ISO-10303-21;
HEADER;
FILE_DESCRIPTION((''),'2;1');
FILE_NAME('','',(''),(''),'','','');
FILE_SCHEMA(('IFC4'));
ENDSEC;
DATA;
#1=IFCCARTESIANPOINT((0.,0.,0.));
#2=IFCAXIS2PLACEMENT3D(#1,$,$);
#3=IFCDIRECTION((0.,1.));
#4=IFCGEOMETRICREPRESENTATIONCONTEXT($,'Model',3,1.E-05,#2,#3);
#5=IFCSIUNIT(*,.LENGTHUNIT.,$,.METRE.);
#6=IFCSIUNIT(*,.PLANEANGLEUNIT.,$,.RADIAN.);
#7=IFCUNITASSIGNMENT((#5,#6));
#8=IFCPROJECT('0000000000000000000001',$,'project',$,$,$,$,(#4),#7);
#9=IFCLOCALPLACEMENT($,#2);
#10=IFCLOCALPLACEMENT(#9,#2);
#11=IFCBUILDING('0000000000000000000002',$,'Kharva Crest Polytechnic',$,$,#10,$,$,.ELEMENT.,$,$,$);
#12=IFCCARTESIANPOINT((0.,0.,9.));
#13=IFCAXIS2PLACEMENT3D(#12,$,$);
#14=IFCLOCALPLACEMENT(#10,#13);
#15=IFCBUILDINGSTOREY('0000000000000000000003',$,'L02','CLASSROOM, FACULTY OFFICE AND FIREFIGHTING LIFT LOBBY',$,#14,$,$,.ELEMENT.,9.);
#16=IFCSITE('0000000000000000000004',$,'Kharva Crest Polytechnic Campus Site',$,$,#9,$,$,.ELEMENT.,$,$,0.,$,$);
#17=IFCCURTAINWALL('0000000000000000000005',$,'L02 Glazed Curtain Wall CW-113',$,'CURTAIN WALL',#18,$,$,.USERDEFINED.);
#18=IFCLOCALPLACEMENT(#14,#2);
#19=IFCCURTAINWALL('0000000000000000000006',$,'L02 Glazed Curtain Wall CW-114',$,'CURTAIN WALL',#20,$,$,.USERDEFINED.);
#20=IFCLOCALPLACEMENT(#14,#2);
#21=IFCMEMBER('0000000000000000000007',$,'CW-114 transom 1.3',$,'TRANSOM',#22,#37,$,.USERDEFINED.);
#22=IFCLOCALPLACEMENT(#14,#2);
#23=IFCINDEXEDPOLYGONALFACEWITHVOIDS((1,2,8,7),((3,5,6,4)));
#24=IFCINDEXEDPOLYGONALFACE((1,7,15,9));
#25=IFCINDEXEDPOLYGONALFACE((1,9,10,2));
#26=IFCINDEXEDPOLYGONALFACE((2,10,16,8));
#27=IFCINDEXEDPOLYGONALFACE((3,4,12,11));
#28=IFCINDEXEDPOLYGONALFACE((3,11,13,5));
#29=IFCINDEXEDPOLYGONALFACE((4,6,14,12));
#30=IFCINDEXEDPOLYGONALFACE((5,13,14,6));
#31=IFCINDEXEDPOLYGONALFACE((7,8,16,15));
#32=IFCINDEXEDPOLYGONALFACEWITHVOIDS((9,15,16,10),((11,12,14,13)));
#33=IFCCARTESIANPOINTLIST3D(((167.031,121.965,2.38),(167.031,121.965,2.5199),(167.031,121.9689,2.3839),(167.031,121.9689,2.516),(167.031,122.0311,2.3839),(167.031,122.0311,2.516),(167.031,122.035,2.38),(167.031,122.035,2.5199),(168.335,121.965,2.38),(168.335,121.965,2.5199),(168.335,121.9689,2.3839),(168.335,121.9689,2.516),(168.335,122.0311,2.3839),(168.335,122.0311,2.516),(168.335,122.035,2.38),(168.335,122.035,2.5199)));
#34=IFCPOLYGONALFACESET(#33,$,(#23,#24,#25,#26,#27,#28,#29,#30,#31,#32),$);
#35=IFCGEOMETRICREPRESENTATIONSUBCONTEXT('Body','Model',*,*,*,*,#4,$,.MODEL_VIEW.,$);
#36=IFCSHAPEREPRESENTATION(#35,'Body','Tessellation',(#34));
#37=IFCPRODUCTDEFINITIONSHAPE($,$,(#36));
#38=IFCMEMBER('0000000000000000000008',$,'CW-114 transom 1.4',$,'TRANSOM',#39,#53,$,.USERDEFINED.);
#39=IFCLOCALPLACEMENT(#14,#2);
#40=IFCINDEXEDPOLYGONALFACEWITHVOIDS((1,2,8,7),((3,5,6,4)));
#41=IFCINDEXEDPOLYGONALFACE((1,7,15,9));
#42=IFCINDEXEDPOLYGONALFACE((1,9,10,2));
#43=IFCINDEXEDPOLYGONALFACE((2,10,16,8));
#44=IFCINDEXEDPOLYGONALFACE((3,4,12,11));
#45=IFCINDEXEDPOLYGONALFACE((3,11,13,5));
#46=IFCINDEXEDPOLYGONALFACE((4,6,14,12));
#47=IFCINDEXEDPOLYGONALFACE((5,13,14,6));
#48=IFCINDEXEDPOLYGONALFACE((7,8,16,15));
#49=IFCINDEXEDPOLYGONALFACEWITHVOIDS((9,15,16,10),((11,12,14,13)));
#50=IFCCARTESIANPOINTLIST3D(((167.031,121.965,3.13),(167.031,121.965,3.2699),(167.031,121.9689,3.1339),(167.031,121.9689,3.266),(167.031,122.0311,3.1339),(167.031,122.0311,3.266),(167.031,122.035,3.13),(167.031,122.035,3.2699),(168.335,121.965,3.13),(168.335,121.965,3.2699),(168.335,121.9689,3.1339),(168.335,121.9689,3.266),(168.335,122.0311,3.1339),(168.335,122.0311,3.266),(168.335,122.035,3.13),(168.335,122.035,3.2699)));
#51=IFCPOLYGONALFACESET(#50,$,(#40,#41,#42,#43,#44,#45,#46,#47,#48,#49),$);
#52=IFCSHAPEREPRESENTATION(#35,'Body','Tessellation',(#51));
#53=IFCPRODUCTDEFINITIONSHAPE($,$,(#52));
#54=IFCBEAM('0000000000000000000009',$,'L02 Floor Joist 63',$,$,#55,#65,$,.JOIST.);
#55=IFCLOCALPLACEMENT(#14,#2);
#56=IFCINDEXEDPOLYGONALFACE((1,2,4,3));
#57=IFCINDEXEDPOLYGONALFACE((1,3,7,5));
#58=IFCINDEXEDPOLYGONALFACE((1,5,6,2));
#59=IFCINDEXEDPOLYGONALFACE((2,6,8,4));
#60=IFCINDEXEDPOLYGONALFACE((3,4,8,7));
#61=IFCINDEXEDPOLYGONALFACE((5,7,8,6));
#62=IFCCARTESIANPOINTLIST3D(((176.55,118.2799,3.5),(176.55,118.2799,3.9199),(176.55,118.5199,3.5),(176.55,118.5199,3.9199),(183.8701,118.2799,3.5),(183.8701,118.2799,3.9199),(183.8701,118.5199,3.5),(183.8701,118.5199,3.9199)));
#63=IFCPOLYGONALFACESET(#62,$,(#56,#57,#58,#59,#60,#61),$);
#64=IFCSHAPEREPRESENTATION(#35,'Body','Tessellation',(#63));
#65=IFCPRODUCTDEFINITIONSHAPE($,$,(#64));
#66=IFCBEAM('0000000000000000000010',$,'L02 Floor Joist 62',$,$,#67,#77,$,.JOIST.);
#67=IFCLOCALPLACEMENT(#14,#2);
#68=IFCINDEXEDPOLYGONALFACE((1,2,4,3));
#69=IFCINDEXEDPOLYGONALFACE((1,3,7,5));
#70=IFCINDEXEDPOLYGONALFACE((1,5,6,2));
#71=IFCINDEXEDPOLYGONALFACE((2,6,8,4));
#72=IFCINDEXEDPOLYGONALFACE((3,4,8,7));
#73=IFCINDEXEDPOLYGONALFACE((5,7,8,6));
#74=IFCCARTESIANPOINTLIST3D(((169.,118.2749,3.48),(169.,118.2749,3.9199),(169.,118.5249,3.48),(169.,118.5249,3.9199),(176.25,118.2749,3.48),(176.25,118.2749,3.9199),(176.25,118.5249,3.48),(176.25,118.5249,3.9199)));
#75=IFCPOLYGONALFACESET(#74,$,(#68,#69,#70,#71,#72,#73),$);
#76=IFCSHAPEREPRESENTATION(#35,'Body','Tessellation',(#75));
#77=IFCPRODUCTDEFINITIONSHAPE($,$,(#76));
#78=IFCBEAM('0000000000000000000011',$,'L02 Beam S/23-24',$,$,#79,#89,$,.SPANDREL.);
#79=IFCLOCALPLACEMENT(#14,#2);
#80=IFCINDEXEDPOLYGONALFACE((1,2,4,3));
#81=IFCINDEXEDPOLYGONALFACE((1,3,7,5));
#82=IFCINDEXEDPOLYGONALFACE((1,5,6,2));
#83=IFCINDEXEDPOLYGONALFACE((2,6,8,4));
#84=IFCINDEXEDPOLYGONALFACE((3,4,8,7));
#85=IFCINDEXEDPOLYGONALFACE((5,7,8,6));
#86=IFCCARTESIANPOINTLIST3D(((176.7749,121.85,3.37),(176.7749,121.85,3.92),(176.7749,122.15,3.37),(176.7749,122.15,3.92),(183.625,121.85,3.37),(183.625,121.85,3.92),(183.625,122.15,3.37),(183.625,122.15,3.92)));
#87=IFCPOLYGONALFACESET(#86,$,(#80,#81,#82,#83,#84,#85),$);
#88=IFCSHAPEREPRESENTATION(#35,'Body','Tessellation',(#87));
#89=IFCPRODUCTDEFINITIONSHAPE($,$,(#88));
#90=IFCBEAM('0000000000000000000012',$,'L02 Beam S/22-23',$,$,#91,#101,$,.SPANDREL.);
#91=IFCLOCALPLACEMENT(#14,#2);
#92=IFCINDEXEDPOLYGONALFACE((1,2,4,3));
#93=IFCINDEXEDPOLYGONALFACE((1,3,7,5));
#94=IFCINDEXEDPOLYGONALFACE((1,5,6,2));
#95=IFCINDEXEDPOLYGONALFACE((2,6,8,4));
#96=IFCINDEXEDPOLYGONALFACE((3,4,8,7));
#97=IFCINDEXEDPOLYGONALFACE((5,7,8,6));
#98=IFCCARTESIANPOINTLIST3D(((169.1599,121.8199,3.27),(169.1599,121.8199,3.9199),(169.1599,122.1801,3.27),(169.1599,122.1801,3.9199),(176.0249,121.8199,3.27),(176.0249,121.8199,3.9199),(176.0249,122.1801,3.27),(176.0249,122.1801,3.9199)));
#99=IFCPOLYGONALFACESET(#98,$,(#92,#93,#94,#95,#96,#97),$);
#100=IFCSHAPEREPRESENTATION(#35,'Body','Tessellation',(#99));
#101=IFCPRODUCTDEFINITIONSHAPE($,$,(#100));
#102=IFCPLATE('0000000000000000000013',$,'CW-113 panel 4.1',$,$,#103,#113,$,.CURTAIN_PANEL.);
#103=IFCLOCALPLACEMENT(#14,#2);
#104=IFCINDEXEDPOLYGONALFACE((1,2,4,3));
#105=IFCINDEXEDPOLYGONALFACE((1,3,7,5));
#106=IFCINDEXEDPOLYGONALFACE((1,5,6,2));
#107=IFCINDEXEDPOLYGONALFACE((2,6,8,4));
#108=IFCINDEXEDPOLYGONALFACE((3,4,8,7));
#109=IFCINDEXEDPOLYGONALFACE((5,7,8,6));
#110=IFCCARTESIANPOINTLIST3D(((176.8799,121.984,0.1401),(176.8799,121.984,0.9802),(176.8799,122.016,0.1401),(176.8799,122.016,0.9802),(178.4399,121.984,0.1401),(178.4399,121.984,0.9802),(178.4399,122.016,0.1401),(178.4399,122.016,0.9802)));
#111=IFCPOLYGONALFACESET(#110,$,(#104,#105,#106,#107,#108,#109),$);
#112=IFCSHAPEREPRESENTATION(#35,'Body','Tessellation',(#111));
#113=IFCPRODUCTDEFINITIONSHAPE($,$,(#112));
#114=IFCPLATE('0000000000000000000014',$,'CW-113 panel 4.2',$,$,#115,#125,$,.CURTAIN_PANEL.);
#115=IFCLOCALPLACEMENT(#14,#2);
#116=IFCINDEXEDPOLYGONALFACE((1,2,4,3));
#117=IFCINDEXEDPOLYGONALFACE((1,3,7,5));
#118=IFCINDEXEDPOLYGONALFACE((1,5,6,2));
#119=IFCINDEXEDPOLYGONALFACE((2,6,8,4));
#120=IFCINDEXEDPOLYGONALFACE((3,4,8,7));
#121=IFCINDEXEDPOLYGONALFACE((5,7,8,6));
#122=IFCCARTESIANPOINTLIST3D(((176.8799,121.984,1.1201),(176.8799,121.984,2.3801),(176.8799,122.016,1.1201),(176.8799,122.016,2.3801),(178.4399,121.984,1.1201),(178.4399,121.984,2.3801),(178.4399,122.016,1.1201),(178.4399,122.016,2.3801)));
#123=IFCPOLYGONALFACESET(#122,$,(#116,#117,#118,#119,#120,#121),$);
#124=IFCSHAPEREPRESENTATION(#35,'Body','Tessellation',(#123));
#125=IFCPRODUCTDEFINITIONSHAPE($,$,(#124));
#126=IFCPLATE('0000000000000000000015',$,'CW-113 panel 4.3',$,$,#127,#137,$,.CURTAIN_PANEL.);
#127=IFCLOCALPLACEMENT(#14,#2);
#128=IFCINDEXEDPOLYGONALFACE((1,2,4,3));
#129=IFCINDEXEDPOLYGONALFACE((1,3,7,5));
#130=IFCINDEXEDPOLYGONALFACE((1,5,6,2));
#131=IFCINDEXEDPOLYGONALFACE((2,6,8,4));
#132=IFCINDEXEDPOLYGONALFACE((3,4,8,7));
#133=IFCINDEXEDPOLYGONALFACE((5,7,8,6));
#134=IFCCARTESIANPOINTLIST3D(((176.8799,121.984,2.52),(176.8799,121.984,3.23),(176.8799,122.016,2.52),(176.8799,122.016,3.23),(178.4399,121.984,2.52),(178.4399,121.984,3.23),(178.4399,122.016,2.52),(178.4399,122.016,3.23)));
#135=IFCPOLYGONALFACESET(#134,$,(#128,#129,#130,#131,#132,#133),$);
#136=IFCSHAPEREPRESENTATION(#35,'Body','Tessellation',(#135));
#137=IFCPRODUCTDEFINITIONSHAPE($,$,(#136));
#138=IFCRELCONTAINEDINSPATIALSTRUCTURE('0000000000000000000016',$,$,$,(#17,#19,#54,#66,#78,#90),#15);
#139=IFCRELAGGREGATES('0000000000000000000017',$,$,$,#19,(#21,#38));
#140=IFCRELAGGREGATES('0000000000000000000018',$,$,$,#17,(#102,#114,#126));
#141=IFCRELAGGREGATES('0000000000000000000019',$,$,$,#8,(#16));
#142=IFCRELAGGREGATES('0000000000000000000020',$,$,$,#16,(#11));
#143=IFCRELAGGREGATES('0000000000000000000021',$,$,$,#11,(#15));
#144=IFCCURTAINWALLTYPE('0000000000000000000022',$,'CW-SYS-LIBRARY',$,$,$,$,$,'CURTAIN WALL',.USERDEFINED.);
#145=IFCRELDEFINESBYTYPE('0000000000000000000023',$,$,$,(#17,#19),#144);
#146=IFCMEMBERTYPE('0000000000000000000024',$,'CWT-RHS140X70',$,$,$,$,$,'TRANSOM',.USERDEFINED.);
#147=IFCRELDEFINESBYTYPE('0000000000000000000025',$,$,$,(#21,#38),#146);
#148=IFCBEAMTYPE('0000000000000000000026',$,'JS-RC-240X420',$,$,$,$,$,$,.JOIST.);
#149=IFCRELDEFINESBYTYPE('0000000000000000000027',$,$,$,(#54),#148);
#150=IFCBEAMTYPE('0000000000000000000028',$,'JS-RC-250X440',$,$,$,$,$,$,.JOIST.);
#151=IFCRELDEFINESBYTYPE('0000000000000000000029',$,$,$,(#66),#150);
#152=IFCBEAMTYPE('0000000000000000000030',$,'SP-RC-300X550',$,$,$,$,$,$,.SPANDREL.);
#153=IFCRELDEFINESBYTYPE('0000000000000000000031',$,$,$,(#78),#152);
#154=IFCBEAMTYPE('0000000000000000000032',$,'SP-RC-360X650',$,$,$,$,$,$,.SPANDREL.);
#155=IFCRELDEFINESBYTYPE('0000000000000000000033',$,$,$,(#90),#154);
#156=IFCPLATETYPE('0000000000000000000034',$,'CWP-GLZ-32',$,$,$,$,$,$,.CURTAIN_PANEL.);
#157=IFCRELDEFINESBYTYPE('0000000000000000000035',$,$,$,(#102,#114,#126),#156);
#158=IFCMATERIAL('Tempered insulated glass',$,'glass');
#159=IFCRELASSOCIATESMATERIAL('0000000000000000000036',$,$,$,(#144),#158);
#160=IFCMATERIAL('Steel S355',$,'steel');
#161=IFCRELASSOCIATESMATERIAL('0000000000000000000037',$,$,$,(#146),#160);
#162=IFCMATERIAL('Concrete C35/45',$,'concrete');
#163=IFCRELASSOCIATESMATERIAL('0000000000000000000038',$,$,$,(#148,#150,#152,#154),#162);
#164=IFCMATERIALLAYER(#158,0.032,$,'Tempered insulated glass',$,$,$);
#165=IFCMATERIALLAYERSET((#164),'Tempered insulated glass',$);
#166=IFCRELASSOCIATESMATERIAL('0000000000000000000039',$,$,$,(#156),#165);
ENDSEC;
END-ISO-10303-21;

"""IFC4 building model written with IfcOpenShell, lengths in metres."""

from ifc_helpers import new_model, si_unit, direction, frame, origin, origin_2d, place, context, subcontext, project, spatial, rectangle, hollow_rectangle, extrude, material, layer, layer_set, material_profile, profile_set, type_object, element, aggregate, save


model = new_model("IFC4")

# Units and contexts
model_context = context("Model", 3, precision=1e-05, world=origin(), true_north=direction((0.0, 1.0)))
body_context = subcontext(model_context, "Body", "Model", "MODEL_VIEW")
ifc_project = project(units=[si_unit("LENGTHUNIT", "METRE"), si_unit("PLANEANGLEUNIT", "RADIAN")], contexts=[model_context])

# Site, building, storey
site_placement = place(None, origin())
site = spatial("IfcSite", under=ifc_project, at=site_placement, Name="Kharva Crest Polytechnic Campus Site", CompositionType="ELEMENT", RefElevation=0.0)
building_placement = place(site_placement, origin())
building = spatial("IfcBuilding", under=site, at=building_placement, Name="Kharva Crest Polytechnic", CompositionType="ELEMENT")
storey_placement = place(building_placement, frame((0.0, 0.0, 9.0)))
storey = spatial("IfcBuildingStorey", under=building, at=storey_placement, Name="L02", Description="CLASSROOM, FACULTY OFFICE AND FIREFIGHTING LIFT LOBBY", CompositionType="ELEMENT", Elevation=9.0)

# Curtain wall
ifc_material_1 = material(Name="Tempered insulated glass", Category="glass")
curtain_wall_type = type_object("IfcCurtainWallType", Name="CW-SYS-LIBRARY", ElementType="CURTAIN WALL", PredefinedType="USERDEFINED", material=ifc_material_1)
curtain_wall_1_placement = place(storey_placement, origin())
curtain_wall_1 = element("IfcCurtainWall", 1, at=curtain_wall_1_placement, inside=storey, type_object=curtain_wall_type, Name="L02 Glazed Curtain Wall CW-113", ObjectType="CURTAIN WALL", PredefinedType="USERDEFINED")
ifc_material_2 = material(Name="Steel S355", Category="steel")

# Curtain wall
curtain_wall_2_placement = place(storey_placement, origin())
curtain_wall_2 = element("IfcCurtainWall", 2, at=curtain_wall_2_placement, inside=storey, type_object=curtain_wall_type, Name="L02 Glazed Curtain Wall CW-114", ObjectType="CURTAIN WALL", PredefinedType="USERDEFINED")

# Members
ifc_material_profile_1 = material_profile(ifc_material_2, hollow_rectangle(XDim=0.0701, YDim=0.1399, WallThickness=0.0039, at=origin_2d()), Name="RHS 140X70X4.0")
ifc_profile_set_1 = profile_set([ifc_material_profile_1], Name="Steel S355")
member_type_1 = type_object("IfcMemberType", Name="CWT-RHS140X70", ElementType="TRANSOM", PredefinedType="USERDEFINED", material=ifc_profile_set_1)
member_1_placement = place(storey_placement, frame((168.335, 122.0, 2.45), z_axis=(-1.0, 0.0, 0.0), x_axis=(0.0, -1.0, 0.0)))
member_1 = element("IfcMember", 3, at=member_1_placement, type_object=member_type_1, Name="CW-114 transom 1.3", ObjectType="TRANSOM", PredefinedType="USERDEFINED", context=body_context, shape_type="SweptSolid", body=[
    extrude(hollow_rectangle(XDim=0.0701, YDim=0.1399, WallThickness=0.0039, at=origin_2d()), origin(), (0.0, 0.0, 1.0), 1.304),
])
member_2_placement = place(storey_placement, frame((168.335, 122.0, 3.2), z_axis=(-1.0, 0.0, 0.0), x_axis=(0.0, -1.0, 0.0)))
member_2 = element("IfcMember", 4, at=member_2_placement, type_object=member_type_1, Name="CW-114 transom 1.4", ObjectType="TRANSOM", PredefinedType="USERDEFINED", context=body_context, shape_type="SweptSolid", body=[
    extrude(hollow_rectangle(XDim=0.0701, YDim=0.1399, WallThickness=0.0039, at=origin_2d()), origin(), (0.0, 0.0, 1.0), 1.304),
])
aggregate(curtain_wall_2, [member_1, member_2])

# Beams
ifc_material_3 = material(Name="Concrete C35/45", Category="concrete")
ifc_material_profile_2 = material_profile(ifc_material_3, rectangle(XDim=0.24, YDim=0.4199, at=origin_2d()), Name="RECT 240 X 420")
ifc_profile_set_2 = profile_set([ifc_material_profile_2], Name="Concrete C35/45")
beam_type_1 = type_object("IfcBeamType", Name="JS-RC-240X420", PredefinedType="JOIST", material=ifc_profile_set_2)
beam_1_placement = place(storey_placement, frame((176.55, 118.3999, 3.71), z_axis=(1.0, 0.0, 0.0), x_axis=(0.0, 1.0, 0.0)))
element("IfcBeam", 5, at=beam_1_placement, inside=storey, type_object=beam_type_1, Name="L02 Floor Joist 63", PredefinedType="JOIST", context=body_context, shape_type="SweptSolid", body=[
    extrude(rectangle(XDim=0.24, YDim=0.4199, at=origin_2d()), origin(), (0.0, 0.0, 1.0), 7.3201),
])
ifc_material_profile_3 = material_profile(ifc_material_3, rectangle(XDim=0.25, YDim=0.4399, at=origin_2d()), Name="RECT 250 X 440")
ifc_profile_set_3 = profile_set([ifc_material_profile_3], Name="Concrete C35/45")
beam_type_2 = type_object("IfcBeamType", Name="JS-RC-250X440", PredefinedType="JOIST", material=ifc_profile_set_3)
beam_2_placement = place(storey_placement, frame((169.0, 118.3999, 3.7), z_axis=(1.0, 0.0, 0.0), x_axis=(0.0, 1.0, 0.0)))
element("IfcBeam", 6, at=beam_2_placement, inside=storey, type_object=beam_type_2, Name="L02 Floor Joist 62", PredefinedType="JOIST", context=body_context, shape_type="SweptSolid", body=[
    extrude(rectangle(XDim=0.25, YDim=0.4399, at=origin_2d()), origin(), (0.0, 0.0, 1.0), 7.25),
])
ifc_material_profile_4 = material_profile(ifc_material_3, rectangle(XDim=0.3, YDim=0.55, at=origin_2d()), Name="RECT 300 X 550")
ifc_profile_set_4 = profile_set([ifc_material_profile_4], Name="Concrete C35/45")
beam_type_3 = type_object("IfcBeamType", Name="SP-RC-300X550", PredefinedType="SPANDREL", material=ifc_profile_set_4)
beam_3_placement = place(storey_placement, frame((176.7749, 122.0, 3.645), z_axis=(1.0, 0.0, 0.0), x_axis=(0.0, 1.0, 0.0)))
element("IfcBeam", 7, at=beam_3_placement, inside=storey, type_object=beam_type_3, Name="L02 Beam S/23-24", PredefinedType="SPANDREL", context=body_context, shape_type="SweptSolid", body=[
    extrude(rectangle(XDim=0.3, YDim=0.55, at=origin_2d()), origin(), (0.0, 0.0, 1.0), 6.8501),
])
ifc_material_profile_5 = material_profile(ifc_material_3, rectangle(XDim=0.3601, YDim=0.6499, at=origin_2d()), Name="RECT 360 X 650")
ifc_profile_set_5 = profile_set([ifc_material_profile_5], Name="Concrete C35/45")
beam_type_4 = type_object("IfcBeamType", Name="SP-RC-360X650", PredefinedType="SPANDREL", material=ifc_profile_set_5)
beam_4_placement = place(storey_placement, frame((169.1599, 122.0, 3.595), z_axis=(1.0, 0.0, 0.0), x_axis=(0.0, 1.0, 0.0)))
element("IfcBeam", 8, at=beam_4_placement, inside=storey, type_object=beam_type_4, Name="L02 Beam S/22-23", PredefinedType="SPANDREL", context=body_context, shape_type="SweptSolid", body=[
    extrude(rectangle(XDim=0.3601, YDim=0.6499, at=origin_2d()), origin(), (0.0, 0.0, 1.0), 6.865),
])

# Plates
ifc_layer_1 = layer(ifc_material_1, 0.032, Name="Tempered insulated glass")
ifc_layer_set_1 = layer_set([ifc_layer_1], Name="Tempered insulated glass")
plate_type = type_object("IfcPlateType", Name="CWP-GLZ-32", PredefinedType="CURTAIN_PANEL", material=ifc_layer_set_1)
plate_1_placement = place(storey_placement, frame((177.6599, 122.0, 0.1401), z_axis=(0.0, 0.0, 1.0), x_axis=(-1.0, 0.0, 0.0)))
plate_1 = element("IfcPlate", 9, at=plate_1_placement, type_object=plate_type, Name="CW-113 panel 4.1", PredefinedType="CURTAIN_PANEL", context=body_context, shape_type="SweptSolid", body=[
    extrude(rectangle(XDim=1.5601, YDim=0.032, at=origin_2d()), origin(), (0.0, 0.0, 1.0), 0.8401),
])
plate_2_placement = place(storey_placement, frame((177.6599, 122.0, 1.1201), z_axis=(0.0, 0.0, 1.0), x_axis=(-1.0, 0.0, 0.0)))
plate_2 = element("IfcPlate", 10, at=plate_2_placement, type_object=plate_type, Name="CW-113 panel 4.2", PredefinedType="CURTAIN_PANEL", context=body_context, shape_type="SweptSolid", body=[
    extrude(rectangle(XDim=1.5601, YDim=0.032, at=origin_2d()), origin(), (0.0, 0.0, 1.0), 1.26),
])
plate_3_placement = place(storey_placement, frame((177.6599, 122.0, 2.52), z_axis=(0.0, 0.0, 1.0), x_axis=(-1.0, 0.0, 0.0)))
plate_3 = element("IfcPlate", 11, at=plate_3_placement, type_object=plate_type, Name="CW-113 panel 4.3", PredefinedType="CURTAIN_PANEL", context=body_context, shape_type="SweptSolid", body=[
    extrude(rectangle(XDim=1.5601, YDim=0.032, at=origin_2d()), origin(), (0.0, 0.0, 1.0), 0.71),
])
aggregate(curtain_wall_1, [plate_1, plate_2, plate_3])

save(model, "model.ifc")
